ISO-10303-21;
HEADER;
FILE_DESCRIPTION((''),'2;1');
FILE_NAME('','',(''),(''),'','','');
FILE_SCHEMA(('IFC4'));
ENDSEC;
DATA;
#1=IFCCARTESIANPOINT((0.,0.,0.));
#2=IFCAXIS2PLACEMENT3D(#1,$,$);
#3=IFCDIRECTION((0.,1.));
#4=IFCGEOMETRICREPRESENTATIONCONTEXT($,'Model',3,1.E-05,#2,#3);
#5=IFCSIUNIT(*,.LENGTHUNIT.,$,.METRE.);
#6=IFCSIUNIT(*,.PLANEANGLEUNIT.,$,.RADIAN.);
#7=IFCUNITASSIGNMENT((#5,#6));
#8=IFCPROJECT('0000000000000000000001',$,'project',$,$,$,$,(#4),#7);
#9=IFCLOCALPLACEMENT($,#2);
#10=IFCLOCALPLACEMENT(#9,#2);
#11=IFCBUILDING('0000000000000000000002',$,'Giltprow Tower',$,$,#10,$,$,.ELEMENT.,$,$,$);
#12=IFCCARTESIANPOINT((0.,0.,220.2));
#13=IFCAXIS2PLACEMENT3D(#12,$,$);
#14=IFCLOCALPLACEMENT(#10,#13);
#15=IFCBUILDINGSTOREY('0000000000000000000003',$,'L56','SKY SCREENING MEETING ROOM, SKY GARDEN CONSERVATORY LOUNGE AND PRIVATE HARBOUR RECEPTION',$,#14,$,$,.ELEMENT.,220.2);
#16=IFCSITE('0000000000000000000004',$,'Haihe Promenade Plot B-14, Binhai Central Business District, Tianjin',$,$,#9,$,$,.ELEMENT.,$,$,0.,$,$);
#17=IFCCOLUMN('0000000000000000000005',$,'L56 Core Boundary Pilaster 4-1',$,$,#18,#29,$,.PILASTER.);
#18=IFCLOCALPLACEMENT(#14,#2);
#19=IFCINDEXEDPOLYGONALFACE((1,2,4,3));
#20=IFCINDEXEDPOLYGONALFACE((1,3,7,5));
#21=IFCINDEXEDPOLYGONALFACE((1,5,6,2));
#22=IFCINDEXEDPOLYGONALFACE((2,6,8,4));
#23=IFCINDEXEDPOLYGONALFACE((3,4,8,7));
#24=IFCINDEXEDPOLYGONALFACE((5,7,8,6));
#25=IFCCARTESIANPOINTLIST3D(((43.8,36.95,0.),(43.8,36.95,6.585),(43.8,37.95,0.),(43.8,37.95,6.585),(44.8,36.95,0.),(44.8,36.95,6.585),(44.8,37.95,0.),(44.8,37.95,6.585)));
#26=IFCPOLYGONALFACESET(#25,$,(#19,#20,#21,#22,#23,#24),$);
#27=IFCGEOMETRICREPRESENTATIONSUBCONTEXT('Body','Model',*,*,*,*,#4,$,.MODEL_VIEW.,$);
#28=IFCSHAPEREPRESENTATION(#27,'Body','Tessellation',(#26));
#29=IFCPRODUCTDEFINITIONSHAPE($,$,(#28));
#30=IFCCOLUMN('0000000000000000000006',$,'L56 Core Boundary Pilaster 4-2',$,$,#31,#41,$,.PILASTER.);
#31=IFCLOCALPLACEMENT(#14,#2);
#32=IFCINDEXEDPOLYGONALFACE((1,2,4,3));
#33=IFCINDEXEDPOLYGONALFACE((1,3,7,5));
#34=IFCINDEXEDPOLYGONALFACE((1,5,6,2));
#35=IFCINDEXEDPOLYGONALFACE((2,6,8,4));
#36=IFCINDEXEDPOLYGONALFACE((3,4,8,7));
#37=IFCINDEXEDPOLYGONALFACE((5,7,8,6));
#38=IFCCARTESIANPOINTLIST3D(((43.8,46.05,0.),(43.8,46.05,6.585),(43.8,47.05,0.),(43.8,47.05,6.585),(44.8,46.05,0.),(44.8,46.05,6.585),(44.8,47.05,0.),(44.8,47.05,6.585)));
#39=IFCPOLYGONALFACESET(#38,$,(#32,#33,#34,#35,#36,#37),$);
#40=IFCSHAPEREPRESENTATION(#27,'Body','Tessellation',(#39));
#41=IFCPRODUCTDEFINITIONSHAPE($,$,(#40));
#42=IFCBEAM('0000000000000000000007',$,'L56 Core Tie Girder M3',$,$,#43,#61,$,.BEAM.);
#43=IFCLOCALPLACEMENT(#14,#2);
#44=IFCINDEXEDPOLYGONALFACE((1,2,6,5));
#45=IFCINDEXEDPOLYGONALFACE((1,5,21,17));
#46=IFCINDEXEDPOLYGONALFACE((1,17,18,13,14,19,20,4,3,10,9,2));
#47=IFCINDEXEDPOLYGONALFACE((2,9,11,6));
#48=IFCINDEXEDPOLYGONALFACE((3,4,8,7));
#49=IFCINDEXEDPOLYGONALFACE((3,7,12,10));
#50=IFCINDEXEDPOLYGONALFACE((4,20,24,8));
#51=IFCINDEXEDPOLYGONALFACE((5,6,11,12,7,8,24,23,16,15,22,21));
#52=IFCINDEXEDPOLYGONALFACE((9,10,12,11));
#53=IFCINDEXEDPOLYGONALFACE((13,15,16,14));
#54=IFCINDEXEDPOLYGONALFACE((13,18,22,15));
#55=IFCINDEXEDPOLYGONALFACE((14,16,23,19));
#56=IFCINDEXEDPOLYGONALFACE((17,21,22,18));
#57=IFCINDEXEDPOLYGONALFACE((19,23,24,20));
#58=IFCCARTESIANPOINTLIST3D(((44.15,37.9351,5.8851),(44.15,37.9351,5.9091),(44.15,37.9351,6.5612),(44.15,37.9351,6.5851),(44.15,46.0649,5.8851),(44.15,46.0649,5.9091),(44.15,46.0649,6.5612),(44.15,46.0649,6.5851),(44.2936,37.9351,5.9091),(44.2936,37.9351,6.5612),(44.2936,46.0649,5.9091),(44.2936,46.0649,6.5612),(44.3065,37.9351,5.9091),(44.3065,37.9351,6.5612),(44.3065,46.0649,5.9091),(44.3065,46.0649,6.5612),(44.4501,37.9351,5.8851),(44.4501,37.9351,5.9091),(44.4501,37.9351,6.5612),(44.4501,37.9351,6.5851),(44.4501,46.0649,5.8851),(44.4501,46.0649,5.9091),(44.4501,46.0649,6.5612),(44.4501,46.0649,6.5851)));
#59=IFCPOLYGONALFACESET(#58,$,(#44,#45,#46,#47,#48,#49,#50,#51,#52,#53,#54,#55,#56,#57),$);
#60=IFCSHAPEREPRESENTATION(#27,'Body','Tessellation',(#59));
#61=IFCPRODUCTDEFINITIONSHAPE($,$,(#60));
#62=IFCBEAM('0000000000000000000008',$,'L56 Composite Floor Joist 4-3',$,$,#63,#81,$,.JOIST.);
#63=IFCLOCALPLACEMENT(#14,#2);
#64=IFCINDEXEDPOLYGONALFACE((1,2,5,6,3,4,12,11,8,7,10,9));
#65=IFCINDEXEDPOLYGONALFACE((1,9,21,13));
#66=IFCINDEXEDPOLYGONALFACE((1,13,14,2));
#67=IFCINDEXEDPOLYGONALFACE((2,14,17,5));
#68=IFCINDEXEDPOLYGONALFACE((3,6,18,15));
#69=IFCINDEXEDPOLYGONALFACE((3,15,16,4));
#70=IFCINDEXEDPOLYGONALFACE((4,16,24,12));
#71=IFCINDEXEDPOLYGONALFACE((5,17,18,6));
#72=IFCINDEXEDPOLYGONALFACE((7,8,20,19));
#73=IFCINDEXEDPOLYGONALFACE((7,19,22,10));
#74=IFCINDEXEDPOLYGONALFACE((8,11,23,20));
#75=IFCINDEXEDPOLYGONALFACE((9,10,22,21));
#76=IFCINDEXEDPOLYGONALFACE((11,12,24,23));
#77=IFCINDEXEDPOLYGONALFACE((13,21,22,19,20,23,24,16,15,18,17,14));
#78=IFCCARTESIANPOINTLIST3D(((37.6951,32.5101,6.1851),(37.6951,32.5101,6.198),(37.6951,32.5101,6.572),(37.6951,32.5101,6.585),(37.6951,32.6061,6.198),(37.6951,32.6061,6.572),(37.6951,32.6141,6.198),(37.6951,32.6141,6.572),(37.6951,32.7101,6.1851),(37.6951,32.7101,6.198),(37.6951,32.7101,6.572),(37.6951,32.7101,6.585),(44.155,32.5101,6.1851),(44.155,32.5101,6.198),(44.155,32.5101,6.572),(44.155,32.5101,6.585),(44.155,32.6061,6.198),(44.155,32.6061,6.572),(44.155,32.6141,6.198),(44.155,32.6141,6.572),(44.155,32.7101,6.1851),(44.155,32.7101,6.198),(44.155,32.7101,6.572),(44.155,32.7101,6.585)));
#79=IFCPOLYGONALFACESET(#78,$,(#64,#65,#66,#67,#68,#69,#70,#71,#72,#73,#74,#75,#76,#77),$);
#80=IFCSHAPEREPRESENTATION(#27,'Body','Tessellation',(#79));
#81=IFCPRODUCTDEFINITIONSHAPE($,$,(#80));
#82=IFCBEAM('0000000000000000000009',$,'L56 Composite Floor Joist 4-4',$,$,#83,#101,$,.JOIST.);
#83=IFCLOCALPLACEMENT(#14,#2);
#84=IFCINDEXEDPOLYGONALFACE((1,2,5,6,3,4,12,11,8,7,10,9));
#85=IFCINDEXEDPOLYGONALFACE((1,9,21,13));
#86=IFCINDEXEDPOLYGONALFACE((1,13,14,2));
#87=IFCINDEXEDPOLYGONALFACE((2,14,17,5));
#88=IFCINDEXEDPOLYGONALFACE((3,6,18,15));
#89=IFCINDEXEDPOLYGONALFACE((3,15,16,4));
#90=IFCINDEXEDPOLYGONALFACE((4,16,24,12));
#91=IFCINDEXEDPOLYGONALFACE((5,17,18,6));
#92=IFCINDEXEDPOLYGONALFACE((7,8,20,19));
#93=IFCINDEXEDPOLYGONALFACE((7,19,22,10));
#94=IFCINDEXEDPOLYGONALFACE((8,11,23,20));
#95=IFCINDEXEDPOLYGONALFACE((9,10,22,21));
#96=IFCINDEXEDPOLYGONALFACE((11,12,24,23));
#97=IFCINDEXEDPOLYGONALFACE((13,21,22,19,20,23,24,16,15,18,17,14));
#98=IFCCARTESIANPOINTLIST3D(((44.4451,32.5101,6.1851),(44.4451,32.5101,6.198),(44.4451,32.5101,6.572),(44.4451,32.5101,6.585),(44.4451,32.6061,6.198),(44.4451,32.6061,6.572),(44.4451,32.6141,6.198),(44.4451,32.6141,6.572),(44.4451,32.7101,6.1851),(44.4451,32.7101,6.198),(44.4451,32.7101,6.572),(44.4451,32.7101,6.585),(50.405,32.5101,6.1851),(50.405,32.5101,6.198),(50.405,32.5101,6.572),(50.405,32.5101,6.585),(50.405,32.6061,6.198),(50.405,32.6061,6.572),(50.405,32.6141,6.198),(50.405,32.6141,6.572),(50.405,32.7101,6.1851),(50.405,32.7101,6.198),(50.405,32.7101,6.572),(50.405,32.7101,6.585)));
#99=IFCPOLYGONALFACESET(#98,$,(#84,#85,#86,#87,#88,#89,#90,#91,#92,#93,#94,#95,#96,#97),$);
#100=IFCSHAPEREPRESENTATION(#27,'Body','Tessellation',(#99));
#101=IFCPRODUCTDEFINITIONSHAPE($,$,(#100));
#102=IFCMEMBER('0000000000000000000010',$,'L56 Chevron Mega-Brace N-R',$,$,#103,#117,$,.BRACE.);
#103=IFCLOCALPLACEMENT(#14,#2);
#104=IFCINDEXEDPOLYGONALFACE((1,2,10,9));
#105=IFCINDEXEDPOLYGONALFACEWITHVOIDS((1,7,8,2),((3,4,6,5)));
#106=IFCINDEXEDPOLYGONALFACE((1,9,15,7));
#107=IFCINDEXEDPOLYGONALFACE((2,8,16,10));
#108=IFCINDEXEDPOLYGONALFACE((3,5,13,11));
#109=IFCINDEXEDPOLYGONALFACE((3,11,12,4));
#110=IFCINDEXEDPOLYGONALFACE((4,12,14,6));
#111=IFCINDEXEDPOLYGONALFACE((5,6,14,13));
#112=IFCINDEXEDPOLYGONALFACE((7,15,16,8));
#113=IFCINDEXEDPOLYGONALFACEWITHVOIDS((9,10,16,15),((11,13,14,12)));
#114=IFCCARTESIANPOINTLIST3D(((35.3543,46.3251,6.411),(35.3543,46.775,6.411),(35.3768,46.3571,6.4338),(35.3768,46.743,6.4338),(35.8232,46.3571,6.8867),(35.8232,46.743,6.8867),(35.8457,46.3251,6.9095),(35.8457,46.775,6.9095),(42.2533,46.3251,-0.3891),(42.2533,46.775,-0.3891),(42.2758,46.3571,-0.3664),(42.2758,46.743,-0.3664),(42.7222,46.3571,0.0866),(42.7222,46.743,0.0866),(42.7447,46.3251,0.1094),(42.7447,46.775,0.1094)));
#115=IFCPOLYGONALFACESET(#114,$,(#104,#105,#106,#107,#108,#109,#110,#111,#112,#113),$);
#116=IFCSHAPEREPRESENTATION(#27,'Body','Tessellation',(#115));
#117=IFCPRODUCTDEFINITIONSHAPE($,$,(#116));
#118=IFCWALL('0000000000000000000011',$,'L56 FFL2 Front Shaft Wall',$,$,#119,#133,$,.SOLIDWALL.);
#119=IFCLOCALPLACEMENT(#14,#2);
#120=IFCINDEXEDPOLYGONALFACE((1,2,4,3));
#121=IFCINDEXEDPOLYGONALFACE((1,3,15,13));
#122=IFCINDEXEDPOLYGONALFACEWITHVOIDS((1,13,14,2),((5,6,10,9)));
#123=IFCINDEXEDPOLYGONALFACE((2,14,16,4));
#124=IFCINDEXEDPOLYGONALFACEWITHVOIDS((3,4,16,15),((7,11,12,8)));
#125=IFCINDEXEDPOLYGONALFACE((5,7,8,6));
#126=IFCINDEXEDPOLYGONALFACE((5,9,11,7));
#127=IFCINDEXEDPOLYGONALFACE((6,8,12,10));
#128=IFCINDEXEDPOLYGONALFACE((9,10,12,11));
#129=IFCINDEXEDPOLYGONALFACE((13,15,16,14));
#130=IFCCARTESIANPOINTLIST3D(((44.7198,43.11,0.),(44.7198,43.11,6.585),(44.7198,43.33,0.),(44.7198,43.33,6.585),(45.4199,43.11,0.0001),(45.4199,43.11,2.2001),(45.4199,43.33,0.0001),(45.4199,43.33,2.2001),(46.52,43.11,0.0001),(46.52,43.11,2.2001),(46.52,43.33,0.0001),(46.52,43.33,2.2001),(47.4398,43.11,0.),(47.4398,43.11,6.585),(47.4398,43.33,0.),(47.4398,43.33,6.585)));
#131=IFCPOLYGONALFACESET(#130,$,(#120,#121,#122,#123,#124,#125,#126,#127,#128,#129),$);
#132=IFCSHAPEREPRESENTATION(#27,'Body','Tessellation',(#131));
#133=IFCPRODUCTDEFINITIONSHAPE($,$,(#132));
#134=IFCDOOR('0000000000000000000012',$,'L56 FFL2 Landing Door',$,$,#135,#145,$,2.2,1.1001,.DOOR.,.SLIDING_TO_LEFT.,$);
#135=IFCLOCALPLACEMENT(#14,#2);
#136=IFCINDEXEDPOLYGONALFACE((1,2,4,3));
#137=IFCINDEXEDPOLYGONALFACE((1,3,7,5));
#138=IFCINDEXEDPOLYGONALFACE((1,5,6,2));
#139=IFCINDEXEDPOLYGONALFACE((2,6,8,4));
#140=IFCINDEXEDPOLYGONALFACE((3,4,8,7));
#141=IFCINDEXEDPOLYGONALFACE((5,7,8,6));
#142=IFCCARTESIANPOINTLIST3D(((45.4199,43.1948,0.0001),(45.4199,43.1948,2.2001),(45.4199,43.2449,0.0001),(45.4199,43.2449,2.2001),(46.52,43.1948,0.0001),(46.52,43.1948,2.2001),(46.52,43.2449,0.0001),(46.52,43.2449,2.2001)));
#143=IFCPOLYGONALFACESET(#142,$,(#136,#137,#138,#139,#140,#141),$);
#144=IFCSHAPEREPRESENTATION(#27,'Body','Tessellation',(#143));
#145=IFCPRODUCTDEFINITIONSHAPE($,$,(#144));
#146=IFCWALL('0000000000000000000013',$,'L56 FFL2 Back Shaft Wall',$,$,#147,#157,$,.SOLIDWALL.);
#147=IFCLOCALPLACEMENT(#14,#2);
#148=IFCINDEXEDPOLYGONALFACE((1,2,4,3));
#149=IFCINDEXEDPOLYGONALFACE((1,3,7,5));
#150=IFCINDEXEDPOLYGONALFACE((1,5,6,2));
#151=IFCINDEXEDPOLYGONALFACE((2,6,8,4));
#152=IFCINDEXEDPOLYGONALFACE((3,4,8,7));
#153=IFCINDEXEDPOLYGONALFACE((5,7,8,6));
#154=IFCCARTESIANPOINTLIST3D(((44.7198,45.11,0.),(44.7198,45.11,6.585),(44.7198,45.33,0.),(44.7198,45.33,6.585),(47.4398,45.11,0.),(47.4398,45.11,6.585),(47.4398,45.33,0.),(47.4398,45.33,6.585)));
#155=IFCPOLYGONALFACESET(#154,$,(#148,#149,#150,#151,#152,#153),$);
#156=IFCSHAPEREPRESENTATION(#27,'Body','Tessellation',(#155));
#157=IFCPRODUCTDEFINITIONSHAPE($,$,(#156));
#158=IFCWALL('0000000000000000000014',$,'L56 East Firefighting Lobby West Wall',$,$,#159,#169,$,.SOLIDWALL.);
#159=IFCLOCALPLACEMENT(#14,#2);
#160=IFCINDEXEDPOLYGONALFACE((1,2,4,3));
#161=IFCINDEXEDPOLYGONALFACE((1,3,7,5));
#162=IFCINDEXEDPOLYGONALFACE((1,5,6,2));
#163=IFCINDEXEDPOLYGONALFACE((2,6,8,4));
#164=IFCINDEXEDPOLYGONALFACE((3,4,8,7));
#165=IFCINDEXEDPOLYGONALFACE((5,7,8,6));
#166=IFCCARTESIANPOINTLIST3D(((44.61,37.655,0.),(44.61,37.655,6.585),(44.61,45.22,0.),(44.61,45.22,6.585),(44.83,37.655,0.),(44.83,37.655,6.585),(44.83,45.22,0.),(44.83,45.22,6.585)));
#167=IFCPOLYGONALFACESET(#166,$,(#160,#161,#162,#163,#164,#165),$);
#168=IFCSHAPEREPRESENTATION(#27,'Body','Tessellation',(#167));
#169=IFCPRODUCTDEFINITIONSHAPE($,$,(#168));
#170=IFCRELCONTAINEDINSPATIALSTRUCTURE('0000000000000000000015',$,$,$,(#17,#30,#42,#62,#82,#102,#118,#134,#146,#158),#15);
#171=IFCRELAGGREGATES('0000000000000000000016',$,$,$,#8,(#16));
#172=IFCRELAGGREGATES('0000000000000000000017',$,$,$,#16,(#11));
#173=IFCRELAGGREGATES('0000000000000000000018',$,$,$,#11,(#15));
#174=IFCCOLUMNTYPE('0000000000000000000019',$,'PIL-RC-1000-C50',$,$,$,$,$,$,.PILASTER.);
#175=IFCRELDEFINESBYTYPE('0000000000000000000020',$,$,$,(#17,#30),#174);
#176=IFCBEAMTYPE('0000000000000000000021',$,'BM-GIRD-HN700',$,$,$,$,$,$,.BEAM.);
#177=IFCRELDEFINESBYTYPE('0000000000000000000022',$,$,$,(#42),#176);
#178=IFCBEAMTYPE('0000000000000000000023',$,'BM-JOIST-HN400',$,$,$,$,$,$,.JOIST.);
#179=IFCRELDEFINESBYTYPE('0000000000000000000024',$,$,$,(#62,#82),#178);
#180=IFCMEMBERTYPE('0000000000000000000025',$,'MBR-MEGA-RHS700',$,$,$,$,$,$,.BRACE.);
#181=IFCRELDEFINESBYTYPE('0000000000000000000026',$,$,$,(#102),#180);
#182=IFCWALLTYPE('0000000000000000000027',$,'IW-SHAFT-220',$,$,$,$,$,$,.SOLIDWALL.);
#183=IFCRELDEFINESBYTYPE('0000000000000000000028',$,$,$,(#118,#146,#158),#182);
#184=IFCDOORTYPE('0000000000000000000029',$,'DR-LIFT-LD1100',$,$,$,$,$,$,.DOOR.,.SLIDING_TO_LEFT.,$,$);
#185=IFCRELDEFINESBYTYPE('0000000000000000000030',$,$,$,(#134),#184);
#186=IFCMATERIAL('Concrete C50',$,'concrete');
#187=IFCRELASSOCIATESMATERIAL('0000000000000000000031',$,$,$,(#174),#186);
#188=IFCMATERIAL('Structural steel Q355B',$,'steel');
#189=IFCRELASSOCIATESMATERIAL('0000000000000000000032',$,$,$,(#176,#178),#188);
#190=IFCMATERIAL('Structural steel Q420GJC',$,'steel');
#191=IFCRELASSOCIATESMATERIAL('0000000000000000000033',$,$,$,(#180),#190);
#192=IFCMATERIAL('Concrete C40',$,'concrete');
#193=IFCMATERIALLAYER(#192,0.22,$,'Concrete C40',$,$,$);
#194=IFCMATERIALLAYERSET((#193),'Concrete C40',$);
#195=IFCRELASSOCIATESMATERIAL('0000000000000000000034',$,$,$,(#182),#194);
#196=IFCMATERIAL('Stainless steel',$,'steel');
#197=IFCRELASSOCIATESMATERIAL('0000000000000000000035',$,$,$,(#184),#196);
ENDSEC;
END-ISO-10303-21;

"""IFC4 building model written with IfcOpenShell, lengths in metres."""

from ifc_helpers import new_model, si_unit, direction, frame, frame_2d, origin, origin_2d, place, context, subcontext, project, spatial, rectangle, hollow_rectangle, i_section, extrude, source, transform, mapped, material, layer, layer_set, material_profile, profile_set, type_object, element, fill, save


model = new_model("IFC4")

# Units and contexts
model_context = context("Model", 3, precision=1e-05, world=origin(), true_north=direction((0.0, 1.0)))
body_context = subcontext(model_context, "Body", "Model", "MODEL_VIEW")
ifc_project = project(units=[si_unit("LENGTHUNIT", "METRE"), si_unit("PLANEANGLEUNIT", "RADIAN")], contexts=[model_context])

# Site, building, storey
site_placement = place(None, origin())
site = spatial("IfcSite", under=ifc_project, at=site_placement, Name="Haihe Promenade Plot B-14, Binhai Central Business District, Tianjin", CompositionType="ELEMENT", RefElevation=0.0)
building_placement = place(site_placement, origin())
building = spatial("IfcBuilding", under=site, at=building_placement, Name="Giltprow Tower", CompositionType="ELEMENT")
storey_placement = place(building_placement, frame((0.0, 0.0, 220.2)))
storey = spatial("IfcBuildingStorey", under=building, at=storey_placement, Name="L56", Description="SKY SCREENING MEETING ROOM, SKY GARDEN CONSERVATORY LOUNGE AND PRIVATE HARBOUR RECEPTION", CompositionType="ELEMENT", Elevation=220.2)

# Columns
ifc_material_1 = material(Name="Concrete C50", Category="concrete")
ifc_material_profile_1 = material_profile(ifc_material_1, rectangle(XDim=1.0, YDim=1.0, at=origin_2d()), Name="RC 1000x1000")
ifc_profile_set_1 = profile_set([ifc_material_profile_1], Name="Concrete C50")
column_type = type_object("IfcColumnType", Name="PIL-RC-1000-C50", PredefinedType="PILASTER", material=ifc_profile_set_1)
shared_shape_1 = source(origin(), body_context, "Body", "SweptSolid", [
    extrude(rectangle(XDim=1.0, YDim=1.0, at=origin_2d()), origin(), (0.0, 0.0, 1.0), 6.585),
])
for number, where, z_axis, x_axis, name in (
    (1, (44.3, 37.45, 0.0), (0.0, 0.0, 1.0), (1.0, 0.0, 0.0), "L56 Core Boundary Pilaster 4-1"),
    (2, (44.3, 46.55, 0.0), (0.0, 0.0, 1.0), (1.0, 0.0, 0.0), "L56 Core Boundary Pilaster 4-2"),
):
    element("IfcColumn", number, at=place(storey_placement, frame(where, z_axis=z_axis, x_axis=x_axis)), inside=storey, type_object=column_type, Name=name, PredefinedType="PILASTER", context=body_context, shape_type="MappedRepresentation", body=[
        mapped(shared_shape_1, transform((0.0, 0.0, 0.0), x_axis=(1.0, 0.0, 0.0), y_axis=(0.0, 1.0, 0.0), z_axis=(0.0, 0.0, 1.0), scale=1.0)),
    ])

# Beams
ifc_material_2 = material(Name="Structural steel Q355B", Category="steel")
ifc_material_profile_2 = material_profile(ifc_material_2, i_section(OverallWidth=0.3, OverallDepth=0.7, WebThickness=0.0129, FlangeThickness=0.0239, at=origin_2d()), Name="HN 700x300x13x24")
ifc_profile_set_2 = profile_set([ifc_material_profile_2], Name="Structural steel Q355B")
beam_type_1 = type_object("IfcBeamType", Name="BM-GIRD-HN700", PredefinedType="BEAM", material=ifc_profile_set_2)
shared_shape_2 = source(origin(), body_context, "Body", "SweptSolid", [
    extrude(i_section(OverallWidth=0.3, OverallDepth=0.7, WebThickness=0.0129, FlangeThickness=0.0239, at=origin_2d()), origin(), (0.0, 0.0, 1.0), 8.1299),
])
beam_1_placement = place(storey_placement, frame((44.3, 37.9351, 6.2351), z_axis=(0.0, 1.0, 0.0), x_axis=(-1.0, 0.0, 0.0)))
element("IfcBeam", 3, at=beam_1_placement, inside=storey, type_object=beam_type_1, Name="L56 Core Tie Girder M3", PredefinedType="BEAM", context=body_context, shape_type="MappedRepresentation", body=[
    mapped(shared_shape_2, transform((0.0, 0.0, 0.0), x_axis=(1.0, 0.0, 0.0), y_axis=(0.0, 1.0, 0.0), z_axis=(0.0, 0.0, 1.0), scale=1.0)),
])
ifc_material_profile_3 = material_profile(ifc_material_2, i_section(OverallWidth=0.2, OverallDepth=0.3999, WebThickness=0.0081, FlangeThickness=0.0129, at=origin_2d()), Name="HN 400x200x8x13")
ifc_profile_set_3 = profile_set([ifc_material_profile_3], Name="Structural steel Q355B")
beam_type_2 = type_object("IfcBeamType", Name="BM-JOIST-HN400", PredefinedType="JOIST", material=ifc_profile_set_3)
shared_shape_3 = source(origin(), body_context, "Body", "SweptSolid", [
    extrude(i_section(OverallWidth=0.2, OverallDepth=0.3999, WebThickness=0.0081, FlangeThickness=0.0129, at=origin_2d()), origin(), (0.0, 0.0, 1.0), 6.46),
])
beam_2_placement = place(storey_placement, frame((37.6951, 32.6101, 6.385), z_axis=(1.0, 0.0, 0.0), x_axis=(0.0, 1.0, 0.0)))
element("IfcBeam", 4, at=beam_2_placement, inside=storey, type_object=beam_type_2, Name="L56 Composite Floor Joist 4-3", PredefinedType="JOIST", context=body_context, shape_type="MappedRepresentation", body=[
    mapped(shared_shape_3, transform((0.0, 0.0, 0.0), x_axis=(1.0, 0.0, 0.0), y_axis=(0.0, 1.0, 0.0), z_axis=(0.0, 0.0, 1.0), scale=1.0)),
])
shared_shape_4 = source(origin(), body_context, "Body", "SweptSolid", [
    extrude(i_section(OverallWidth=0.2, OverallDepth=0.3999, WebThickness=0.0081, FlangeThickness=0.0129, at=origin_2d()), origin(), (0.0, 0.0, 1.0), 5.96),
])
beam_3_placement = place(storey_placement, frame((44.4451, 32.6101, 6.385), z_axis=(1.0, 0.0, 0.0), x_axis=(0.0, 1.0, 0.0)))
element("IfcBeam", 5, at=beam_3_placement, inside=storey, type_object=beam_type_2, Name="L56 Composite Floor Joist 4-4", PredefinedType="JOIST", context=body_context, shape_type="MappedRepresentation", body=[
    mapped(shared_shape_4, transform((0.0, 0.0, 0.0), x_axis=(1.0, 0.0, 0.0), y_axis=(0.0, 1.0, 0.0), z_axis=(0.0, 0.0, 1.0), scale=1.0)),
])

# Member
ifc_material_3 = material(Name="Structural steel Q420GJC", Category="steel")
ifc_material_profile_4 = material_profile(ifc_material_3, hollow_rectangle(XDim=0.45, YDim=0.7, WallThickness=0.032, at=origin_2d()), Name="RHS 700x450x32")
ifc_profile_set_4 = profile_set([ifc_material_profile_4], Name="Structural steel Q420GJC")
member_type = type_object("IfcMemberType", Name="MBR-MEGA-RHS700", PredefinedType="BRACE", material=ifc_profile_set_4)
shared_shape_5 = source(origin(), body_context, "Body", "SweptSolid", [
    extrude(hollow_rectangle(XDim=0.45, YDim=0.7, WallThickness=0.032, at=origin_2d()), origin(), (0.0, 0.0, 1.0), 9.687),
])
member_placement = place(storey_placement, frame((42.499, 46.55, -0.1399), z_axis=(-0.712192, 0.0, 0.701985), x_axis=(0.0, -1.0, 0.0)))
element("IfcMember", 6, at=member_placement, inside=storey, type_object=member_type, Name="L56 Chevron Mega-Brace N-R", PredefinedType="BRACE", context=body_context, shape_type="MappedRepresentation", body=[
    mapped(shared_shape_5, transform((0.0, 0.0, 0.0), x_axis=(1.0, 0.0, 0.0), y_axis=(0.0, 1.0, 0.0), z_axis=(0.0, 0.0, 1.0), scale=1.0)),
])

# Wall, opening, door
ifc_material_4 = material(Name="Concrete C40", Category="concrete")
ifc_layer_1 = layer(ifc_material_4, 0.22, Name="Concrete C40")
ifc_layer_set_1 = layer_set([ifc_layer_1], Name="Concrete C40")
wall_type_1 = type_object("IfcWallType", Name="IW-SHAFT-220", PredefinedType="SOLIDWALL", material=ifc_layer_set_1)
wall_1_placement = place(storey_placement, frame((44.72, 43.22, 0.0), z_axis=(0.0, 0.0, 1.0), x_axis=(1.0, 0.0, 0.0)))
wall_1 = element("IfcWall", 7, at=wall_1_placement, inside=storey, type_object=wall_type_1, Name="L56 FFL2 Front Shaft Wall", PredefinedType="SOLIDWALL", context=body_context, shape_type="SweptSolid", body=[
    extrude(rectangle(XDim=2.72, YDim=0.22, at=frame_2d((1.3599, 0.0))), origin(), (0.0, 0.0, 1.0), 6.585),
])
opening_1_placement = place(wall_1_placement, frame((0.7, 0.0, 0.0)))
opening_1 = element("IfcOpeningElement", 8, at=opening_1_placement, cuts=wall_1, PredefinedType="OPENING", context=body_context, shape_type="SweptSolid", body=[
    extrude(rectangle(XDim=1.1001, YDim=2.2, at=frame_2d((0.55, 1.1001))), frame((0.0, 0.1199, 0.0), z_axis=(0.0, -1.0, 0.0), x_axis=(1.0, 0.0, 0.0)), (0.0, 0.0, 1.0), 0.24),
])
ifc_material_5 = material(Name="Stainless steel", Category="steel")
door_type_1 = type_object("IfcDoorType", Name="DR-LIFT-LD1100", OperationType="SLIDING_TO_LEFT", PredefinedType="DOOR", material=ifc_material_5)
shared_shape_6 = source(origin(), body_context, "Body", "SweptSolid", [
    extrude(rectangle(XDim=1.1001, YDim=2.2, at=frame_2d((0.55, 1.1001))), frame((0.0, 0.0249, 0.0), z_axis=(0.0, -1.0, 0.0), x_axis=(1.0, 0.0, 0.0)), (0.0, 0.0, 1.0), 0.05),
])
door_1_placement = place(opening_1_placement, origin())
door_1 = element("IfcDoor", 9, at=door_1_placement, inside=storey, type_object=door_type_1, Name="L56 FFL2 Landing Door", OperationType="SLIDING_TO_LEFT", OverallHeight=2.2, OverallWidth=1.1001, PredefinedType="DOOR", context=body_context, shape_type="MappedRepresentation", body=[
    mapped(shared_shape_6, transform((0.0, 0.0, 0.0), x_axis=(1.0, 0.0, 0.0), y_axis=(0.0, 1.0, 0.0), z_axis=(0.0, 0.0, 1.0), scale=1.0)),
])
fill(opening_1, door_1)

# Walls
wall_2_placement = place(storey_placement, frame((44.72, 45.22, 0.0), z_axis=(0.0, 0.0, 1.0), x_axis=(1.0, 0.0, 0.0)))
element("IfcWall", 10, at=wall_2_placement, inside=storey, type_object=wall_type_1, Name="L56 FFL2 Back Shaft Wall", PredefinedType="SOLIDWALL", context=body_context, shape_type="SweptSolid", body=[
    extrude(rectangle(XDim=2.72, YDim=0.22, at=frame_2d((1.3599, 0.0))), origin(), (0.0, 0.0, 1.0), 6.585),
])
wall_3_placement = place(storey_placement, frame((44.72, 37.655, 0.0), z_axis=(0.0, 0.0, 1.0), x_axis=(0.0, 1.0, 0.0)))
element("IfcWall", 11, at=wall_3_placement, inside=storey, type_object=wall_type_1, Name="L56 East Firefighting Lobby West Wall", PredefinedType="SOLIDWALL", context=body_context, shape_type="SweptSolid", body=[
    extrude(rectangle(XDim=7.5649, YDim=0.22, at=frame_2d((3.7825, 0.0))), origin(), (0.0, 0.0, 1.0), 6.585),
])

save(model, "model.ifc")
